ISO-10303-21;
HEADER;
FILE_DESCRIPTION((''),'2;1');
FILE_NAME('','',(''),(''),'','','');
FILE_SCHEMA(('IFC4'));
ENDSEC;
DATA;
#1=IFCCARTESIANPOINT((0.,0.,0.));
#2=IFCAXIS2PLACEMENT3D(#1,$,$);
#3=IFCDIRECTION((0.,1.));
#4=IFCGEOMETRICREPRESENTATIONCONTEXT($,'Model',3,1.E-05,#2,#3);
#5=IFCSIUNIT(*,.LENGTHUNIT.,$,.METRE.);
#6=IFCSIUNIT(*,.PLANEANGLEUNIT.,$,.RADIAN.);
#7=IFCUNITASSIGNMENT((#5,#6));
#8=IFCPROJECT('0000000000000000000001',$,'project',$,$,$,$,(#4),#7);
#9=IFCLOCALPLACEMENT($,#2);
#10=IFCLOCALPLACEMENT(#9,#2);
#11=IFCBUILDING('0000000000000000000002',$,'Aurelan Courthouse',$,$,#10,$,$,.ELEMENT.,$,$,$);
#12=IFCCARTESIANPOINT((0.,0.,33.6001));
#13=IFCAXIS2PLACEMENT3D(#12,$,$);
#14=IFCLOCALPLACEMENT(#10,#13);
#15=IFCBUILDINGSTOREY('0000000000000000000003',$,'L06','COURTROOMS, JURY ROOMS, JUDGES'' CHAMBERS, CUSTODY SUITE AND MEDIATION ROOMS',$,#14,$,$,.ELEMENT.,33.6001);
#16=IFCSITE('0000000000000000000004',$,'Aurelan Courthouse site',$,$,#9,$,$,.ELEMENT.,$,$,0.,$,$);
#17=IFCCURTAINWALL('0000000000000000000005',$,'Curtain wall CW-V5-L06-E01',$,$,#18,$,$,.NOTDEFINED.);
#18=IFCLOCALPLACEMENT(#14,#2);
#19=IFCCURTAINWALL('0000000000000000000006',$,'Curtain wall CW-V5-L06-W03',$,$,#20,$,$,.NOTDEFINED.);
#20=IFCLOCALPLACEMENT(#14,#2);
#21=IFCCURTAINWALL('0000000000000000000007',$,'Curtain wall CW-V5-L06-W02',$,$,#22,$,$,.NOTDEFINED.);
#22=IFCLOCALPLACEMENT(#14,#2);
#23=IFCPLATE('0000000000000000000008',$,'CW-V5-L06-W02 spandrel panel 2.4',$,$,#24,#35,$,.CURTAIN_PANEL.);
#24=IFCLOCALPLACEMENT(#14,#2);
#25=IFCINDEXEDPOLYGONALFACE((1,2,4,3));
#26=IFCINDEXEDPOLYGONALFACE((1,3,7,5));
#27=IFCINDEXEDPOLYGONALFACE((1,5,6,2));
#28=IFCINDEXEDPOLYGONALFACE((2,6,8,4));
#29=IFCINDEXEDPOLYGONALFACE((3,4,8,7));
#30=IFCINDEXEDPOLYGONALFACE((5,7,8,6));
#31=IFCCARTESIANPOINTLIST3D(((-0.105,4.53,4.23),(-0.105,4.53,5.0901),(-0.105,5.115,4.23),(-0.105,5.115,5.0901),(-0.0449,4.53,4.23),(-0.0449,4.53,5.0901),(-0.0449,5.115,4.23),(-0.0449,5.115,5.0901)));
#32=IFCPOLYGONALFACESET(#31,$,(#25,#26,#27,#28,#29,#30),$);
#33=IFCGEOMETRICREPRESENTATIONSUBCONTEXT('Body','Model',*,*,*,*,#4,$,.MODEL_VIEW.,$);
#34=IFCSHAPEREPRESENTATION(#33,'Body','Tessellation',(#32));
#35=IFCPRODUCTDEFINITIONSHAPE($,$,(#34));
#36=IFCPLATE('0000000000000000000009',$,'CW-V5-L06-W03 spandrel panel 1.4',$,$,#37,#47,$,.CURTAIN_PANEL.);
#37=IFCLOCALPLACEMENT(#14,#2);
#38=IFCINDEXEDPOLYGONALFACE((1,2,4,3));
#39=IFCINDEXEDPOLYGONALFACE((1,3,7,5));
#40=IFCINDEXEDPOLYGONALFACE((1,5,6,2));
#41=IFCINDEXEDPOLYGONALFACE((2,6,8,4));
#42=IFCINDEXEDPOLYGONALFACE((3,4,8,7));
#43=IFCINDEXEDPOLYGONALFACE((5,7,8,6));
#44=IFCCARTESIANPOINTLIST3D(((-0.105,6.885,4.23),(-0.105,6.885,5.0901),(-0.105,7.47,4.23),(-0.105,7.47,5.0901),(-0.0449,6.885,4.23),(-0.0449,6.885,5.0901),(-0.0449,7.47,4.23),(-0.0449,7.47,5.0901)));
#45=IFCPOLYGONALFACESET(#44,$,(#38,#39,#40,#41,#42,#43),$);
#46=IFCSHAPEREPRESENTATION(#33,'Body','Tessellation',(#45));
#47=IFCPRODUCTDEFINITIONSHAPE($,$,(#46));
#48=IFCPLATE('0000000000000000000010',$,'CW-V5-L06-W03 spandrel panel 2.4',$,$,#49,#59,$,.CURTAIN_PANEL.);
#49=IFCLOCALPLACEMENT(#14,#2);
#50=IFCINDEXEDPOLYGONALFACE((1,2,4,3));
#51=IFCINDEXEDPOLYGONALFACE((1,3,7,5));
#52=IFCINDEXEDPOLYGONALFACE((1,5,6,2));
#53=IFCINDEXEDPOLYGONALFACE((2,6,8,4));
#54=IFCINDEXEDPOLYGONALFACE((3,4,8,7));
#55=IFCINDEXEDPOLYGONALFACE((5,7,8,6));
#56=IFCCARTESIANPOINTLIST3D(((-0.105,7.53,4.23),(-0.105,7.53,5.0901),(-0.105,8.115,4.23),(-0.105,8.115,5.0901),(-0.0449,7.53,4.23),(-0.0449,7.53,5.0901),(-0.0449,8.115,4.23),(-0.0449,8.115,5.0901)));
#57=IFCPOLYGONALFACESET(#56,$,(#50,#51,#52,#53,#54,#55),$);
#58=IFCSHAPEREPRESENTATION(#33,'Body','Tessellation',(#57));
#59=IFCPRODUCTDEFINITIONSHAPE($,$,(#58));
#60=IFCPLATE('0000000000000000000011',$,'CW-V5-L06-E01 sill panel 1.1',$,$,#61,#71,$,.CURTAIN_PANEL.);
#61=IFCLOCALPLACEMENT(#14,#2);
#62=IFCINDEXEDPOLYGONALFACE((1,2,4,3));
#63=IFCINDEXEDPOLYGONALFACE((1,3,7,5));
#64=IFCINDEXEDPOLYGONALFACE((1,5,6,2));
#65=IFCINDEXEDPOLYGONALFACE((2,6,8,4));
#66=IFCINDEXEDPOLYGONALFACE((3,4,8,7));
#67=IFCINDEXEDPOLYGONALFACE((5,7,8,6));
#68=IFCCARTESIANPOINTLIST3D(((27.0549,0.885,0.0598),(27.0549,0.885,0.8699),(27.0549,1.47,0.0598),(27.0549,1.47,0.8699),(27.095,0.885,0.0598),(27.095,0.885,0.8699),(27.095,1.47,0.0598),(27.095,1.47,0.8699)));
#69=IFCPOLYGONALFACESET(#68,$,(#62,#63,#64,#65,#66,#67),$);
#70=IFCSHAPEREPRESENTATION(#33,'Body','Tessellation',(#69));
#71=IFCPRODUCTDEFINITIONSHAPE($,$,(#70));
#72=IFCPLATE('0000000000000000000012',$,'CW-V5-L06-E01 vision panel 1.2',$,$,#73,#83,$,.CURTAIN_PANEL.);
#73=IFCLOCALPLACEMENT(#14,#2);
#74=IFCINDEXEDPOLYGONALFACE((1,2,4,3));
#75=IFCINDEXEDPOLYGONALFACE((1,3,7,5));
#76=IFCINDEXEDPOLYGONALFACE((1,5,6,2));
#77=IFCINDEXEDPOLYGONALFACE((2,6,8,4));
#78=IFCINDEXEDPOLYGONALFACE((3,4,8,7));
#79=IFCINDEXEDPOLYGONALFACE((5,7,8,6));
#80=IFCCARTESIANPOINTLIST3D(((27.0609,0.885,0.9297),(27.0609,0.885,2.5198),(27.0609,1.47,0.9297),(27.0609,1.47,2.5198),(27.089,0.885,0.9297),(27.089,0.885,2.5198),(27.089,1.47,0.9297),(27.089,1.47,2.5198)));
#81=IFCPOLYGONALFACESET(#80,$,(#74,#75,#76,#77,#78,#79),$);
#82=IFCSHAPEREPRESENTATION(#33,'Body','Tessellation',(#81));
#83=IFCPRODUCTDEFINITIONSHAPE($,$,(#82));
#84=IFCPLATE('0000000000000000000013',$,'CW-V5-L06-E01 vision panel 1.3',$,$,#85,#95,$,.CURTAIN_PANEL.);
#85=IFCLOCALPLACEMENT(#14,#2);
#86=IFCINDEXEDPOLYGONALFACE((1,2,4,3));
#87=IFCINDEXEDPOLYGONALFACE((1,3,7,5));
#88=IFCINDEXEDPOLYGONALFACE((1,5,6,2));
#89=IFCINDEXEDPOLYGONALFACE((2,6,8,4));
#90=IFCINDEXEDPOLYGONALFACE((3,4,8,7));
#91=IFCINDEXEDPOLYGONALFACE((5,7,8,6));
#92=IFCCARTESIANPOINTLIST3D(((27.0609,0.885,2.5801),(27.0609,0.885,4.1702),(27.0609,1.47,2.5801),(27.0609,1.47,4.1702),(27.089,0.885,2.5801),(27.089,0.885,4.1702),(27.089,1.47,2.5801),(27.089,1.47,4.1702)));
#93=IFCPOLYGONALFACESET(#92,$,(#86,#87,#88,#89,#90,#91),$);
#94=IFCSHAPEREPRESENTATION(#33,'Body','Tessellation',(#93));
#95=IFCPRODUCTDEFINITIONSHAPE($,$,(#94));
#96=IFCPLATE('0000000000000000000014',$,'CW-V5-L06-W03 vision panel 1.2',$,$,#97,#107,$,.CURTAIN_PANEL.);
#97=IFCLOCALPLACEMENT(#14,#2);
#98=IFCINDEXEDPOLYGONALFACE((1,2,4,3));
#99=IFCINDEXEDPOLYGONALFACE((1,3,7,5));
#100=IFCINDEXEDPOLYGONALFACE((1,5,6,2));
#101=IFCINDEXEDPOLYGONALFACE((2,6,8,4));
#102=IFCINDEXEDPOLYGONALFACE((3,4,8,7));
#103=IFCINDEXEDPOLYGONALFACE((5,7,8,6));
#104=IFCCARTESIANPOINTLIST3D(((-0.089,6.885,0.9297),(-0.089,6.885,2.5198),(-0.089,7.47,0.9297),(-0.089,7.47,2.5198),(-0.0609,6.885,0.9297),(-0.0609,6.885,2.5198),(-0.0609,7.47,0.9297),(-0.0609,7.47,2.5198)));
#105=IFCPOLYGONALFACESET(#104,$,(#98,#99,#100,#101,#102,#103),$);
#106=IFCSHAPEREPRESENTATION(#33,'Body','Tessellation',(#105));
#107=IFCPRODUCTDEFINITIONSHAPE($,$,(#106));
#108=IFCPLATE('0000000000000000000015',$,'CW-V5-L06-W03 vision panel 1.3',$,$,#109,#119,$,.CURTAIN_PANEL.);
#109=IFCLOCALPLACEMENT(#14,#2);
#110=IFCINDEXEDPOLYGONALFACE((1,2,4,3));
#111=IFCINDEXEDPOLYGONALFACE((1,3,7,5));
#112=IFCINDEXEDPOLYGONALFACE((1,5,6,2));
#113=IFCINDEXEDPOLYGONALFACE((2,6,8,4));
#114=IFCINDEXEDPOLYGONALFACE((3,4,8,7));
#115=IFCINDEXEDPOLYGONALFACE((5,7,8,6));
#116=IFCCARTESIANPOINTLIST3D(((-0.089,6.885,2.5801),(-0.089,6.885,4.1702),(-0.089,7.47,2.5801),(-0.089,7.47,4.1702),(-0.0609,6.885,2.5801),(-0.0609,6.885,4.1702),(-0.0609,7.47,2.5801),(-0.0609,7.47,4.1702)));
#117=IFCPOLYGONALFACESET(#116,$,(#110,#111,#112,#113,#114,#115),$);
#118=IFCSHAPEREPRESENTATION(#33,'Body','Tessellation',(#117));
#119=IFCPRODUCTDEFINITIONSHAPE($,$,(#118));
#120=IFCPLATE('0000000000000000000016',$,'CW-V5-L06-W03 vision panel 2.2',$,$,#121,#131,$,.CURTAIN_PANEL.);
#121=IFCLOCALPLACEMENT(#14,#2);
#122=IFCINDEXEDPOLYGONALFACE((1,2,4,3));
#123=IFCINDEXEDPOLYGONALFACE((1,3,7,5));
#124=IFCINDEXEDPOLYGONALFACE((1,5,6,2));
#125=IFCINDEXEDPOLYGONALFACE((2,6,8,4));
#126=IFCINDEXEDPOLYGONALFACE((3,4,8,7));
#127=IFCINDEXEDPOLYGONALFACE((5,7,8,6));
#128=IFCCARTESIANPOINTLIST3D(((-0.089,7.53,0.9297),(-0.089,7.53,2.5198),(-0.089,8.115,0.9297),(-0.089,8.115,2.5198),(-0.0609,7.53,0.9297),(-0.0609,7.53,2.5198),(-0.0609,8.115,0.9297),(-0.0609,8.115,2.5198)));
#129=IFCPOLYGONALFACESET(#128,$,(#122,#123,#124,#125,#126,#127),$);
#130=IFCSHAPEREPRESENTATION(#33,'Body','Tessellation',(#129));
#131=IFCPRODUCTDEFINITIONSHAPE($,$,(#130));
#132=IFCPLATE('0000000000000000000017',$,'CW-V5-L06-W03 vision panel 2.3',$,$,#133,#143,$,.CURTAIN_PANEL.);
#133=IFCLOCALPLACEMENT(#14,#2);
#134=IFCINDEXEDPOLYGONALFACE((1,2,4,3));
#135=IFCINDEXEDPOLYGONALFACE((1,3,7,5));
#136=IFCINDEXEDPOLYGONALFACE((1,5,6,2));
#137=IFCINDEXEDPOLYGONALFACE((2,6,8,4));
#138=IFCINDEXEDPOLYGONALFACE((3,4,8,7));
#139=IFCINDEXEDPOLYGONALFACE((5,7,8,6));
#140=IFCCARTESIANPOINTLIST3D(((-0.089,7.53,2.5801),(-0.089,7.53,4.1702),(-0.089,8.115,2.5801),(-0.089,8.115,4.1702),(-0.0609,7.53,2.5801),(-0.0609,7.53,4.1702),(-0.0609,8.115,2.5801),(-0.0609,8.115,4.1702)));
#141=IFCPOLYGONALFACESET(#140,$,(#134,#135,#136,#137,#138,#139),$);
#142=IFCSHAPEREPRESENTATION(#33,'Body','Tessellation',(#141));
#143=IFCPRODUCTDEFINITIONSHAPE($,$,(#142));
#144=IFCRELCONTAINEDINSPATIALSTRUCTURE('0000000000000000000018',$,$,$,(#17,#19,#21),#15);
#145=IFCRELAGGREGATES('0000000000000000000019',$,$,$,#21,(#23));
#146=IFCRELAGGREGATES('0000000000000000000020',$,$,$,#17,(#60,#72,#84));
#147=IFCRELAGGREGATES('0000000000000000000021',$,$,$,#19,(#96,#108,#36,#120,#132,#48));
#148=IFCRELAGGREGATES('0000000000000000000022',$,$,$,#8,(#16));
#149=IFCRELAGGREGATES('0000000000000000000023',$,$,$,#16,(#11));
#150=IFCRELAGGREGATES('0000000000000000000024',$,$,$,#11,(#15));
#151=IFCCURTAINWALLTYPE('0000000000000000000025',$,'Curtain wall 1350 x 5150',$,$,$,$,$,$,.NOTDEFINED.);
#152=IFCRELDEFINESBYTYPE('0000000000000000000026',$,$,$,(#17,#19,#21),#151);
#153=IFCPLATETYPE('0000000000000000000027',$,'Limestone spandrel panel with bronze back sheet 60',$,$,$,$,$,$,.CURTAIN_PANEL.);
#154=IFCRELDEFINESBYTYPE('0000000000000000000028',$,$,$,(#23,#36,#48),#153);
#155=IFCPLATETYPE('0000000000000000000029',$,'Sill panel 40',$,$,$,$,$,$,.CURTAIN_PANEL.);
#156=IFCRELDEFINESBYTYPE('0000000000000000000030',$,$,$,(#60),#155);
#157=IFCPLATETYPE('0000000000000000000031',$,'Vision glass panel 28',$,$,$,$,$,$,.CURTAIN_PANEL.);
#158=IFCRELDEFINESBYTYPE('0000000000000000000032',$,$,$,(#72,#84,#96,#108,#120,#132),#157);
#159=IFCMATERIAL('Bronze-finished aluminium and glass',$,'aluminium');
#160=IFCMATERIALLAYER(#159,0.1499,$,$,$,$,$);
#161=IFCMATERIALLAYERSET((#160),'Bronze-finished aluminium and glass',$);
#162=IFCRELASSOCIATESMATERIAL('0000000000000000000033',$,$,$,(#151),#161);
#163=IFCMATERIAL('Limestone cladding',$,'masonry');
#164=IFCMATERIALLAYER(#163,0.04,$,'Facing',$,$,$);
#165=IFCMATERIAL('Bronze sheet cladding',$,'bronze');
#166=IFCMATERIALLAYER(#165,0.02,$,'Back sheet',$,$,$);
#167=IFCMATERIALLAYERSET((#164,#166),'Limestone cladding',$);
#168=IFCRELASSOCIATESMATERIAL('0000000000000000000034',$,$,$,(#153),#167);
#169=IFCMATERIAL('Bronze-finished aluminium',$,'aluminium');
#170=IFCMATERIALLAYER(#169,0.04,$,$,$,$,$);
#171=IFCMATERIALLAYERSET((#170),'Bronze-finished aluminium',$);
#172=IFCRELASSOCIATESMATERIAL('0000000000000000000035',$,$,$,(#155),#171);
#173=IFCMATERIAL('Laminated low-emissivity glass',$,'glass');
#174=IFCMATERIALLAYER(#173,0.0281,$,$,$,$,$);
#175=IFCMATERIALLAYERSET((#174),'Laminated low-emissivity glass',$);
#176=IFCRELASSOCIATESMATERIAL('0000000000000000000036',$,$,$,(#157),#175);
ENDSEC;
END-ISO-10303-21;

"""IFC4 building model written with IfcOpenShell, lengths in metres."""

from ifc_helpers import new_model, si_unit, direction, frame, origin, origin_2d, place, context, subcontext, project, spatial, rectangle, extrude, material, layer, layer_set, type_object, element, aggregate, save


model = new_model("IFC4")

# Units and contexts
model_context = context("Model", 3, precision=1e-05, world=origin(), true_north=direction((0.0, 1.0)))
body_context = subcontext(model_context, "Body", "Model", "MODEL_VIEW")
ifc_project = project(units=[si_unit("LENGTHUNIT", "METRE"), si_unit("PLANEANGLEUNIT", "RADIAN")], contexts=[model_context])

# Site, building, storey
site_placement = place(None, origin())
site = spatial("IfcSite", under=ifc_project, at=site_placement, Name="Aurelan Courthouse site", CompositionType="ELEMENT", RefElevation=0.0)
building_placement = place(site_placement, origin())
building = spatial("IfcBuilding", under=site, at=building_placement, Name="Aurelan Courthouse", CompositionType="ELEMENT")
storey_placement = place(building_placement, frame((0.0, 0.0, 33.6001)))
storey = spatial("IfcBuildingStorey", under=building, at=storey_placement, Name="L06", Description="COURTROOMS, JURY ROOMS, JUDGES' CHAMBERS, CUSTODY SUITE AND MEDIATION ROOMS", CompositionType="ELEMENT", Elevation=33.6001)

# Curtain wall
ifc_material_1 = material(Name="Bronze-finished aluminium and glass", Category="aluminium")
ifc_layer_1 = layer(ifc_material_1, 0.1499)
ifc_layer_set_1 = layer_set([ifc_layer_1], Name="Bronze-finished aluminium and glass")
curtain_wall_type = type_object("IfcCurtainWallType", Name="Curtain wall 1350 x 5150", PredefinedType="NOTDEFINED", material=ifc_layer_set_1)
curtain_wall_1_placement = place(storey_placement, origin())
curtain_wall_1 = element("IfcCurtainWall", 1, at=curtain_wall_1_placement, inside=storey, type_object=curtain_wall_type, Name="Curtain wall CW-V5-L06-E01", PredefinedType="NOTDEFINED")
ifc_material_2 = material(Name="Bronze-finished aluminium", Category="aluminium")

# Curtain wall
curtain_wall_2_placement = place(storey_placement, origin())
curtain_wall_2 = element("IfcCurtainWall", 2, at=curtain_wall_2_placement, inside=storey, type_object=curtain_wall_type, Name="Curtain wall CW-V5-L06-W03", PredefinedType="NOTDEFINED")

# Shared definitions
ifc_material_3 = material(Name="Limestone cladding", Category="masonry")
ifc_layer_2 = layer(ifc_material_3, 0.04, Name="Facing")
ifc_material_4 = material(Name="Bronze sheet cladding", Category="bronze")
ifc_layer_3 = layer(ifc_material_4, 0.02, Name="Back sheet")
ifc_layer_set_2 = layer_set([ifc_layer_2, ifc_layer_3], Name="Limestone cladding")
plate_type_1 = type_object("IfcPlateType", Name="Limestone spandrel panel with bronze back sheet 60", PredefinedType="CURTAIN_PANEL", material=ifc_layer_set_2)

# Curtain wall, plate
curtain_wall_3_placement = place(storey_placement, origin())
curtain_wall_3 = element("IfcCurtainWall", 3, at=curtain_wall_3_placement, inside=storey, type_object=curtain_wall_type, Name="Curtain wall CW-V5-L06-W02", PredefinedType="NOTDEFINED")
plate_1_placement = place(storey_placement, frame((-0.075, 4.8225, 4.23), z_axis=(0.0, 0.0, 1.0), x_axis=(0.0, 1.0, 0.0)))
plate_1 = element("IfcPlate", 4, at=plate_1_placement, type_object=plate_type_1, Name="CW-V5-L06-W02 spandrel panel 2.4", PredefinedType="CURTAIN_PANEL", context=body_context, shape_type="SweptSolid", body=[
    extrude(rectangle(XDim=0.585, YDim=0.0601, at=origin_2d()), origin(), (0.0, 0.0, 1.0), 0.8601),
])
aggregate(curtain_wall_3, [plate_1])

# Plates
plate_2_placement = place(storey_placement, frame((-0.075, 7.1775, 4.23), z_axis=(0.0, 0.0, 1.0), x_axis=(0.0, 1.0, 0.0)))
plate_2 = element("IfcPlate", 5, at=plate_2_placement, type_object=plate_type_1, Name="CW-V5-L06-W03 spandrel panel 1.4", PredefinedType="CURTAIN_PANEL", context=body_context, shape_type="SweptSolid", body=[
    extrude(rectangle(XDim=0.585, YDim=0.0601, at=origin_2d()), origin(), (0.0, 0.0, 1.0), 0.8601),
])
plate_3_placement = place(storey_placement, frame((-0.075, 7.8225, 4.23), z_axis=(0.0, 0.0, 1.0), x_axis=(0.0, 1.0, 0.0)))
plate_3 = element("IfcPlate", 6, at=plate_3_placement, type_object=plate_type_1, Name="CW-V5-L06-W03 spandrel panel 2.4", PredefinedType="CURTAIN_PANEL", context=body_context, shape_type="SweptSolid", body=[
    extrude(rectangle(XDim=0.585, YDim=0.0601, at=origin_2d()), origin(), (0.0, 0.0, 1.0), 0.8601),
])
ifc_layer_4 = layer(ifc_material_2, 0.04)
ifc_layer_set_3 = layer_set([ifc_layer_4], Name="Bronze-finished aluminium")
plate_type_2 = type_object("IfcPlateType", Name="Sill panel 40", PredefinedType="CURTAIN_PANEL", material=ifc_layer_set_3)
plate_4_placement = place(storey_placement, frame((27.075, 1.1775, 0.0598), z_axis=(0.0, 0.0, 1.0), x_axis=(0.0, 1.0, 0.0)))
plate_4 = element("IfcPlate", 7, at=plate_4_placement, type_object=plate_type_2, Name="CW-V5-L06-E01 sill panel 1.1", PredefinedType="CURTAIN_PANEL", context=body_context, shape_type="SweptSolid", body=[
    extrude(rectangle(XDim=0.585, YDim=0.04, at=origin_2d()), origin(), (0.0, 0.0, 1.0), 0.8101),
])
ifc_material_5 = material(Name="Laminated low-emissivity glass", Category="glass")
ifc_layer_5 = layer(ifc_material_5, 0.0281)
ifc_layer_set_4 = layer_set([ifc_layer_5], Name="Laminated low-emissivity glass")
plate_type_3 = type_object("IfcPlateType", Name="Vision glass panel 28", PredefinedType="CURTAIN_PANEL", material=ifc_layer_set_4)
plate_5_placement = place(storey_placement, frame((27.075, 1.1775, 0.9297), z_axis=(0.0, 0.0, 1.0), x_axis=(0.0, 1.0, 0.0)))
plate_5 = element("IfcPlate", 8, at=plate_5_placement, type_object=plate_type_3, Name="CW-V5-L06-E01 vision panel 1.2", PredefinedType="CURTAIN_PANEL", context=body_context, shape_type="SweptSolid", body=[
    extrude(rectangle(XDim=0.585, YDim=0.0281, at=origin_2d()), origin(), (0.0, 0.0, 1.0), 1.5901),
])
plate_6_placement = place(storey_placement, frame((27.075, 1.1775, 2.5801), z_axis=(0.0, 0.0, 1.0), x_axis=(0.0, 1.0, 0.0)))
plate_6 = element("IfcPlate", 9, at=plate_6_placement, type_object=plate_type_3, Name="CW-V5-L06-E01 vision panel 1.3", PredefinedType="CURTAIN_PANEL", context=body_context, shape_type="SweptSolid", body=[
    extrude(rectangle(XDim=0.585, YDim=0.0281, at=origin_2d()), origin(), (0.0, 0.0, 1.0), 1.5901),
])
aggregate(curtain_wall_1, [plate_4, plate_5, plate_6])
plate_7_placement = place(storey_placement, frame((-0.075, 7.1775, 0.9297), z_axis=(0.0, 0.0, 1.0), x_axis=(0.0, 1.0, 0.0)))
plate_7 = element("IfcPlate", 10, at=plate_7_placement, type_object=plate_type_3, Name="CW-V5-L06-W03 vision panel 1.2", PredefinedType="CURTAIN_PANEL", context=body_context, shape_type="SweptSolid", body=[
    extrude(rectangle(XDim=0.585, YDim=0.0281, at=origin_2d()), origin(), (0.0, 0.0, 1.0), 1.5901),
])
plate_8_placement = place(storey_placement, frame((-0.075, 7.1775, 2.5801), z_axis=(0.0, 0.0, 1.0), x_axis=(0.0, 1.0, 0.0)))
plate_8 = element("IfcPlate", 11, at=plate_8_placement, type_object=plate_type_3, Name="CW-V5-L06-W03 vision panel 1.3", PredefinedType="CURTAIN_PANEL", context=body_context, shape_type="SweptSolid", body=[
    extrude(rectangle(XDim=0.585, YDim=0.0281, at=origin_2d()), origin(), (0.0, 0.0, 1.0), 1.5901),
])
plate_9_placement = place(storey_placement, frame((-0.075, 7.8225, 0.9297), z_axis=(0.0, 0.0, 1.0), x_axis=(0.0, 1.0, 0.0)))
plate_9 = element("IfcPlate", 12, at=plate_9_placement, type_object=plate_type_3, Name="CW-V5-L06-W03 vision panel 2.2", PredefinedType="CURTAIN_PANEL", context=body_context, shape_type="SweptSolid", body=[
    extrude(rectangle(XDim=0.585, YDim=0.0281, at=origin_2d()), origin(), (0.0, 0.0, 1.0), 1.5901),
])
plate_10_placement = place(storey_placement, frame((-0.075, 7.8225, 2.5801), z_axis=(0.0, 0.0, 1.0), x_axis=(0.0, 1.0, 0.0)))
plate_10 = element("IfcPlate", 13, at=plate_10_placement, type_object=plate_type_3, Name="CW-V5-L06-W03 vision panel 2.3", PredefinedType="CURTAIN_PANEL", context=body_context, shape_type="SweptSolid", body=[
    extrude(rectangle(XDim=0.585, YDim=0.0281, at=origin_2d()), origin(), (0.0, 0.0, 1.0), 1.5901),
])
aggregate(curtain_wall_2, [plate_7, plate_8, plate_2, plate_9, plate_10, plate_3])

save(model, "model.ifc")
